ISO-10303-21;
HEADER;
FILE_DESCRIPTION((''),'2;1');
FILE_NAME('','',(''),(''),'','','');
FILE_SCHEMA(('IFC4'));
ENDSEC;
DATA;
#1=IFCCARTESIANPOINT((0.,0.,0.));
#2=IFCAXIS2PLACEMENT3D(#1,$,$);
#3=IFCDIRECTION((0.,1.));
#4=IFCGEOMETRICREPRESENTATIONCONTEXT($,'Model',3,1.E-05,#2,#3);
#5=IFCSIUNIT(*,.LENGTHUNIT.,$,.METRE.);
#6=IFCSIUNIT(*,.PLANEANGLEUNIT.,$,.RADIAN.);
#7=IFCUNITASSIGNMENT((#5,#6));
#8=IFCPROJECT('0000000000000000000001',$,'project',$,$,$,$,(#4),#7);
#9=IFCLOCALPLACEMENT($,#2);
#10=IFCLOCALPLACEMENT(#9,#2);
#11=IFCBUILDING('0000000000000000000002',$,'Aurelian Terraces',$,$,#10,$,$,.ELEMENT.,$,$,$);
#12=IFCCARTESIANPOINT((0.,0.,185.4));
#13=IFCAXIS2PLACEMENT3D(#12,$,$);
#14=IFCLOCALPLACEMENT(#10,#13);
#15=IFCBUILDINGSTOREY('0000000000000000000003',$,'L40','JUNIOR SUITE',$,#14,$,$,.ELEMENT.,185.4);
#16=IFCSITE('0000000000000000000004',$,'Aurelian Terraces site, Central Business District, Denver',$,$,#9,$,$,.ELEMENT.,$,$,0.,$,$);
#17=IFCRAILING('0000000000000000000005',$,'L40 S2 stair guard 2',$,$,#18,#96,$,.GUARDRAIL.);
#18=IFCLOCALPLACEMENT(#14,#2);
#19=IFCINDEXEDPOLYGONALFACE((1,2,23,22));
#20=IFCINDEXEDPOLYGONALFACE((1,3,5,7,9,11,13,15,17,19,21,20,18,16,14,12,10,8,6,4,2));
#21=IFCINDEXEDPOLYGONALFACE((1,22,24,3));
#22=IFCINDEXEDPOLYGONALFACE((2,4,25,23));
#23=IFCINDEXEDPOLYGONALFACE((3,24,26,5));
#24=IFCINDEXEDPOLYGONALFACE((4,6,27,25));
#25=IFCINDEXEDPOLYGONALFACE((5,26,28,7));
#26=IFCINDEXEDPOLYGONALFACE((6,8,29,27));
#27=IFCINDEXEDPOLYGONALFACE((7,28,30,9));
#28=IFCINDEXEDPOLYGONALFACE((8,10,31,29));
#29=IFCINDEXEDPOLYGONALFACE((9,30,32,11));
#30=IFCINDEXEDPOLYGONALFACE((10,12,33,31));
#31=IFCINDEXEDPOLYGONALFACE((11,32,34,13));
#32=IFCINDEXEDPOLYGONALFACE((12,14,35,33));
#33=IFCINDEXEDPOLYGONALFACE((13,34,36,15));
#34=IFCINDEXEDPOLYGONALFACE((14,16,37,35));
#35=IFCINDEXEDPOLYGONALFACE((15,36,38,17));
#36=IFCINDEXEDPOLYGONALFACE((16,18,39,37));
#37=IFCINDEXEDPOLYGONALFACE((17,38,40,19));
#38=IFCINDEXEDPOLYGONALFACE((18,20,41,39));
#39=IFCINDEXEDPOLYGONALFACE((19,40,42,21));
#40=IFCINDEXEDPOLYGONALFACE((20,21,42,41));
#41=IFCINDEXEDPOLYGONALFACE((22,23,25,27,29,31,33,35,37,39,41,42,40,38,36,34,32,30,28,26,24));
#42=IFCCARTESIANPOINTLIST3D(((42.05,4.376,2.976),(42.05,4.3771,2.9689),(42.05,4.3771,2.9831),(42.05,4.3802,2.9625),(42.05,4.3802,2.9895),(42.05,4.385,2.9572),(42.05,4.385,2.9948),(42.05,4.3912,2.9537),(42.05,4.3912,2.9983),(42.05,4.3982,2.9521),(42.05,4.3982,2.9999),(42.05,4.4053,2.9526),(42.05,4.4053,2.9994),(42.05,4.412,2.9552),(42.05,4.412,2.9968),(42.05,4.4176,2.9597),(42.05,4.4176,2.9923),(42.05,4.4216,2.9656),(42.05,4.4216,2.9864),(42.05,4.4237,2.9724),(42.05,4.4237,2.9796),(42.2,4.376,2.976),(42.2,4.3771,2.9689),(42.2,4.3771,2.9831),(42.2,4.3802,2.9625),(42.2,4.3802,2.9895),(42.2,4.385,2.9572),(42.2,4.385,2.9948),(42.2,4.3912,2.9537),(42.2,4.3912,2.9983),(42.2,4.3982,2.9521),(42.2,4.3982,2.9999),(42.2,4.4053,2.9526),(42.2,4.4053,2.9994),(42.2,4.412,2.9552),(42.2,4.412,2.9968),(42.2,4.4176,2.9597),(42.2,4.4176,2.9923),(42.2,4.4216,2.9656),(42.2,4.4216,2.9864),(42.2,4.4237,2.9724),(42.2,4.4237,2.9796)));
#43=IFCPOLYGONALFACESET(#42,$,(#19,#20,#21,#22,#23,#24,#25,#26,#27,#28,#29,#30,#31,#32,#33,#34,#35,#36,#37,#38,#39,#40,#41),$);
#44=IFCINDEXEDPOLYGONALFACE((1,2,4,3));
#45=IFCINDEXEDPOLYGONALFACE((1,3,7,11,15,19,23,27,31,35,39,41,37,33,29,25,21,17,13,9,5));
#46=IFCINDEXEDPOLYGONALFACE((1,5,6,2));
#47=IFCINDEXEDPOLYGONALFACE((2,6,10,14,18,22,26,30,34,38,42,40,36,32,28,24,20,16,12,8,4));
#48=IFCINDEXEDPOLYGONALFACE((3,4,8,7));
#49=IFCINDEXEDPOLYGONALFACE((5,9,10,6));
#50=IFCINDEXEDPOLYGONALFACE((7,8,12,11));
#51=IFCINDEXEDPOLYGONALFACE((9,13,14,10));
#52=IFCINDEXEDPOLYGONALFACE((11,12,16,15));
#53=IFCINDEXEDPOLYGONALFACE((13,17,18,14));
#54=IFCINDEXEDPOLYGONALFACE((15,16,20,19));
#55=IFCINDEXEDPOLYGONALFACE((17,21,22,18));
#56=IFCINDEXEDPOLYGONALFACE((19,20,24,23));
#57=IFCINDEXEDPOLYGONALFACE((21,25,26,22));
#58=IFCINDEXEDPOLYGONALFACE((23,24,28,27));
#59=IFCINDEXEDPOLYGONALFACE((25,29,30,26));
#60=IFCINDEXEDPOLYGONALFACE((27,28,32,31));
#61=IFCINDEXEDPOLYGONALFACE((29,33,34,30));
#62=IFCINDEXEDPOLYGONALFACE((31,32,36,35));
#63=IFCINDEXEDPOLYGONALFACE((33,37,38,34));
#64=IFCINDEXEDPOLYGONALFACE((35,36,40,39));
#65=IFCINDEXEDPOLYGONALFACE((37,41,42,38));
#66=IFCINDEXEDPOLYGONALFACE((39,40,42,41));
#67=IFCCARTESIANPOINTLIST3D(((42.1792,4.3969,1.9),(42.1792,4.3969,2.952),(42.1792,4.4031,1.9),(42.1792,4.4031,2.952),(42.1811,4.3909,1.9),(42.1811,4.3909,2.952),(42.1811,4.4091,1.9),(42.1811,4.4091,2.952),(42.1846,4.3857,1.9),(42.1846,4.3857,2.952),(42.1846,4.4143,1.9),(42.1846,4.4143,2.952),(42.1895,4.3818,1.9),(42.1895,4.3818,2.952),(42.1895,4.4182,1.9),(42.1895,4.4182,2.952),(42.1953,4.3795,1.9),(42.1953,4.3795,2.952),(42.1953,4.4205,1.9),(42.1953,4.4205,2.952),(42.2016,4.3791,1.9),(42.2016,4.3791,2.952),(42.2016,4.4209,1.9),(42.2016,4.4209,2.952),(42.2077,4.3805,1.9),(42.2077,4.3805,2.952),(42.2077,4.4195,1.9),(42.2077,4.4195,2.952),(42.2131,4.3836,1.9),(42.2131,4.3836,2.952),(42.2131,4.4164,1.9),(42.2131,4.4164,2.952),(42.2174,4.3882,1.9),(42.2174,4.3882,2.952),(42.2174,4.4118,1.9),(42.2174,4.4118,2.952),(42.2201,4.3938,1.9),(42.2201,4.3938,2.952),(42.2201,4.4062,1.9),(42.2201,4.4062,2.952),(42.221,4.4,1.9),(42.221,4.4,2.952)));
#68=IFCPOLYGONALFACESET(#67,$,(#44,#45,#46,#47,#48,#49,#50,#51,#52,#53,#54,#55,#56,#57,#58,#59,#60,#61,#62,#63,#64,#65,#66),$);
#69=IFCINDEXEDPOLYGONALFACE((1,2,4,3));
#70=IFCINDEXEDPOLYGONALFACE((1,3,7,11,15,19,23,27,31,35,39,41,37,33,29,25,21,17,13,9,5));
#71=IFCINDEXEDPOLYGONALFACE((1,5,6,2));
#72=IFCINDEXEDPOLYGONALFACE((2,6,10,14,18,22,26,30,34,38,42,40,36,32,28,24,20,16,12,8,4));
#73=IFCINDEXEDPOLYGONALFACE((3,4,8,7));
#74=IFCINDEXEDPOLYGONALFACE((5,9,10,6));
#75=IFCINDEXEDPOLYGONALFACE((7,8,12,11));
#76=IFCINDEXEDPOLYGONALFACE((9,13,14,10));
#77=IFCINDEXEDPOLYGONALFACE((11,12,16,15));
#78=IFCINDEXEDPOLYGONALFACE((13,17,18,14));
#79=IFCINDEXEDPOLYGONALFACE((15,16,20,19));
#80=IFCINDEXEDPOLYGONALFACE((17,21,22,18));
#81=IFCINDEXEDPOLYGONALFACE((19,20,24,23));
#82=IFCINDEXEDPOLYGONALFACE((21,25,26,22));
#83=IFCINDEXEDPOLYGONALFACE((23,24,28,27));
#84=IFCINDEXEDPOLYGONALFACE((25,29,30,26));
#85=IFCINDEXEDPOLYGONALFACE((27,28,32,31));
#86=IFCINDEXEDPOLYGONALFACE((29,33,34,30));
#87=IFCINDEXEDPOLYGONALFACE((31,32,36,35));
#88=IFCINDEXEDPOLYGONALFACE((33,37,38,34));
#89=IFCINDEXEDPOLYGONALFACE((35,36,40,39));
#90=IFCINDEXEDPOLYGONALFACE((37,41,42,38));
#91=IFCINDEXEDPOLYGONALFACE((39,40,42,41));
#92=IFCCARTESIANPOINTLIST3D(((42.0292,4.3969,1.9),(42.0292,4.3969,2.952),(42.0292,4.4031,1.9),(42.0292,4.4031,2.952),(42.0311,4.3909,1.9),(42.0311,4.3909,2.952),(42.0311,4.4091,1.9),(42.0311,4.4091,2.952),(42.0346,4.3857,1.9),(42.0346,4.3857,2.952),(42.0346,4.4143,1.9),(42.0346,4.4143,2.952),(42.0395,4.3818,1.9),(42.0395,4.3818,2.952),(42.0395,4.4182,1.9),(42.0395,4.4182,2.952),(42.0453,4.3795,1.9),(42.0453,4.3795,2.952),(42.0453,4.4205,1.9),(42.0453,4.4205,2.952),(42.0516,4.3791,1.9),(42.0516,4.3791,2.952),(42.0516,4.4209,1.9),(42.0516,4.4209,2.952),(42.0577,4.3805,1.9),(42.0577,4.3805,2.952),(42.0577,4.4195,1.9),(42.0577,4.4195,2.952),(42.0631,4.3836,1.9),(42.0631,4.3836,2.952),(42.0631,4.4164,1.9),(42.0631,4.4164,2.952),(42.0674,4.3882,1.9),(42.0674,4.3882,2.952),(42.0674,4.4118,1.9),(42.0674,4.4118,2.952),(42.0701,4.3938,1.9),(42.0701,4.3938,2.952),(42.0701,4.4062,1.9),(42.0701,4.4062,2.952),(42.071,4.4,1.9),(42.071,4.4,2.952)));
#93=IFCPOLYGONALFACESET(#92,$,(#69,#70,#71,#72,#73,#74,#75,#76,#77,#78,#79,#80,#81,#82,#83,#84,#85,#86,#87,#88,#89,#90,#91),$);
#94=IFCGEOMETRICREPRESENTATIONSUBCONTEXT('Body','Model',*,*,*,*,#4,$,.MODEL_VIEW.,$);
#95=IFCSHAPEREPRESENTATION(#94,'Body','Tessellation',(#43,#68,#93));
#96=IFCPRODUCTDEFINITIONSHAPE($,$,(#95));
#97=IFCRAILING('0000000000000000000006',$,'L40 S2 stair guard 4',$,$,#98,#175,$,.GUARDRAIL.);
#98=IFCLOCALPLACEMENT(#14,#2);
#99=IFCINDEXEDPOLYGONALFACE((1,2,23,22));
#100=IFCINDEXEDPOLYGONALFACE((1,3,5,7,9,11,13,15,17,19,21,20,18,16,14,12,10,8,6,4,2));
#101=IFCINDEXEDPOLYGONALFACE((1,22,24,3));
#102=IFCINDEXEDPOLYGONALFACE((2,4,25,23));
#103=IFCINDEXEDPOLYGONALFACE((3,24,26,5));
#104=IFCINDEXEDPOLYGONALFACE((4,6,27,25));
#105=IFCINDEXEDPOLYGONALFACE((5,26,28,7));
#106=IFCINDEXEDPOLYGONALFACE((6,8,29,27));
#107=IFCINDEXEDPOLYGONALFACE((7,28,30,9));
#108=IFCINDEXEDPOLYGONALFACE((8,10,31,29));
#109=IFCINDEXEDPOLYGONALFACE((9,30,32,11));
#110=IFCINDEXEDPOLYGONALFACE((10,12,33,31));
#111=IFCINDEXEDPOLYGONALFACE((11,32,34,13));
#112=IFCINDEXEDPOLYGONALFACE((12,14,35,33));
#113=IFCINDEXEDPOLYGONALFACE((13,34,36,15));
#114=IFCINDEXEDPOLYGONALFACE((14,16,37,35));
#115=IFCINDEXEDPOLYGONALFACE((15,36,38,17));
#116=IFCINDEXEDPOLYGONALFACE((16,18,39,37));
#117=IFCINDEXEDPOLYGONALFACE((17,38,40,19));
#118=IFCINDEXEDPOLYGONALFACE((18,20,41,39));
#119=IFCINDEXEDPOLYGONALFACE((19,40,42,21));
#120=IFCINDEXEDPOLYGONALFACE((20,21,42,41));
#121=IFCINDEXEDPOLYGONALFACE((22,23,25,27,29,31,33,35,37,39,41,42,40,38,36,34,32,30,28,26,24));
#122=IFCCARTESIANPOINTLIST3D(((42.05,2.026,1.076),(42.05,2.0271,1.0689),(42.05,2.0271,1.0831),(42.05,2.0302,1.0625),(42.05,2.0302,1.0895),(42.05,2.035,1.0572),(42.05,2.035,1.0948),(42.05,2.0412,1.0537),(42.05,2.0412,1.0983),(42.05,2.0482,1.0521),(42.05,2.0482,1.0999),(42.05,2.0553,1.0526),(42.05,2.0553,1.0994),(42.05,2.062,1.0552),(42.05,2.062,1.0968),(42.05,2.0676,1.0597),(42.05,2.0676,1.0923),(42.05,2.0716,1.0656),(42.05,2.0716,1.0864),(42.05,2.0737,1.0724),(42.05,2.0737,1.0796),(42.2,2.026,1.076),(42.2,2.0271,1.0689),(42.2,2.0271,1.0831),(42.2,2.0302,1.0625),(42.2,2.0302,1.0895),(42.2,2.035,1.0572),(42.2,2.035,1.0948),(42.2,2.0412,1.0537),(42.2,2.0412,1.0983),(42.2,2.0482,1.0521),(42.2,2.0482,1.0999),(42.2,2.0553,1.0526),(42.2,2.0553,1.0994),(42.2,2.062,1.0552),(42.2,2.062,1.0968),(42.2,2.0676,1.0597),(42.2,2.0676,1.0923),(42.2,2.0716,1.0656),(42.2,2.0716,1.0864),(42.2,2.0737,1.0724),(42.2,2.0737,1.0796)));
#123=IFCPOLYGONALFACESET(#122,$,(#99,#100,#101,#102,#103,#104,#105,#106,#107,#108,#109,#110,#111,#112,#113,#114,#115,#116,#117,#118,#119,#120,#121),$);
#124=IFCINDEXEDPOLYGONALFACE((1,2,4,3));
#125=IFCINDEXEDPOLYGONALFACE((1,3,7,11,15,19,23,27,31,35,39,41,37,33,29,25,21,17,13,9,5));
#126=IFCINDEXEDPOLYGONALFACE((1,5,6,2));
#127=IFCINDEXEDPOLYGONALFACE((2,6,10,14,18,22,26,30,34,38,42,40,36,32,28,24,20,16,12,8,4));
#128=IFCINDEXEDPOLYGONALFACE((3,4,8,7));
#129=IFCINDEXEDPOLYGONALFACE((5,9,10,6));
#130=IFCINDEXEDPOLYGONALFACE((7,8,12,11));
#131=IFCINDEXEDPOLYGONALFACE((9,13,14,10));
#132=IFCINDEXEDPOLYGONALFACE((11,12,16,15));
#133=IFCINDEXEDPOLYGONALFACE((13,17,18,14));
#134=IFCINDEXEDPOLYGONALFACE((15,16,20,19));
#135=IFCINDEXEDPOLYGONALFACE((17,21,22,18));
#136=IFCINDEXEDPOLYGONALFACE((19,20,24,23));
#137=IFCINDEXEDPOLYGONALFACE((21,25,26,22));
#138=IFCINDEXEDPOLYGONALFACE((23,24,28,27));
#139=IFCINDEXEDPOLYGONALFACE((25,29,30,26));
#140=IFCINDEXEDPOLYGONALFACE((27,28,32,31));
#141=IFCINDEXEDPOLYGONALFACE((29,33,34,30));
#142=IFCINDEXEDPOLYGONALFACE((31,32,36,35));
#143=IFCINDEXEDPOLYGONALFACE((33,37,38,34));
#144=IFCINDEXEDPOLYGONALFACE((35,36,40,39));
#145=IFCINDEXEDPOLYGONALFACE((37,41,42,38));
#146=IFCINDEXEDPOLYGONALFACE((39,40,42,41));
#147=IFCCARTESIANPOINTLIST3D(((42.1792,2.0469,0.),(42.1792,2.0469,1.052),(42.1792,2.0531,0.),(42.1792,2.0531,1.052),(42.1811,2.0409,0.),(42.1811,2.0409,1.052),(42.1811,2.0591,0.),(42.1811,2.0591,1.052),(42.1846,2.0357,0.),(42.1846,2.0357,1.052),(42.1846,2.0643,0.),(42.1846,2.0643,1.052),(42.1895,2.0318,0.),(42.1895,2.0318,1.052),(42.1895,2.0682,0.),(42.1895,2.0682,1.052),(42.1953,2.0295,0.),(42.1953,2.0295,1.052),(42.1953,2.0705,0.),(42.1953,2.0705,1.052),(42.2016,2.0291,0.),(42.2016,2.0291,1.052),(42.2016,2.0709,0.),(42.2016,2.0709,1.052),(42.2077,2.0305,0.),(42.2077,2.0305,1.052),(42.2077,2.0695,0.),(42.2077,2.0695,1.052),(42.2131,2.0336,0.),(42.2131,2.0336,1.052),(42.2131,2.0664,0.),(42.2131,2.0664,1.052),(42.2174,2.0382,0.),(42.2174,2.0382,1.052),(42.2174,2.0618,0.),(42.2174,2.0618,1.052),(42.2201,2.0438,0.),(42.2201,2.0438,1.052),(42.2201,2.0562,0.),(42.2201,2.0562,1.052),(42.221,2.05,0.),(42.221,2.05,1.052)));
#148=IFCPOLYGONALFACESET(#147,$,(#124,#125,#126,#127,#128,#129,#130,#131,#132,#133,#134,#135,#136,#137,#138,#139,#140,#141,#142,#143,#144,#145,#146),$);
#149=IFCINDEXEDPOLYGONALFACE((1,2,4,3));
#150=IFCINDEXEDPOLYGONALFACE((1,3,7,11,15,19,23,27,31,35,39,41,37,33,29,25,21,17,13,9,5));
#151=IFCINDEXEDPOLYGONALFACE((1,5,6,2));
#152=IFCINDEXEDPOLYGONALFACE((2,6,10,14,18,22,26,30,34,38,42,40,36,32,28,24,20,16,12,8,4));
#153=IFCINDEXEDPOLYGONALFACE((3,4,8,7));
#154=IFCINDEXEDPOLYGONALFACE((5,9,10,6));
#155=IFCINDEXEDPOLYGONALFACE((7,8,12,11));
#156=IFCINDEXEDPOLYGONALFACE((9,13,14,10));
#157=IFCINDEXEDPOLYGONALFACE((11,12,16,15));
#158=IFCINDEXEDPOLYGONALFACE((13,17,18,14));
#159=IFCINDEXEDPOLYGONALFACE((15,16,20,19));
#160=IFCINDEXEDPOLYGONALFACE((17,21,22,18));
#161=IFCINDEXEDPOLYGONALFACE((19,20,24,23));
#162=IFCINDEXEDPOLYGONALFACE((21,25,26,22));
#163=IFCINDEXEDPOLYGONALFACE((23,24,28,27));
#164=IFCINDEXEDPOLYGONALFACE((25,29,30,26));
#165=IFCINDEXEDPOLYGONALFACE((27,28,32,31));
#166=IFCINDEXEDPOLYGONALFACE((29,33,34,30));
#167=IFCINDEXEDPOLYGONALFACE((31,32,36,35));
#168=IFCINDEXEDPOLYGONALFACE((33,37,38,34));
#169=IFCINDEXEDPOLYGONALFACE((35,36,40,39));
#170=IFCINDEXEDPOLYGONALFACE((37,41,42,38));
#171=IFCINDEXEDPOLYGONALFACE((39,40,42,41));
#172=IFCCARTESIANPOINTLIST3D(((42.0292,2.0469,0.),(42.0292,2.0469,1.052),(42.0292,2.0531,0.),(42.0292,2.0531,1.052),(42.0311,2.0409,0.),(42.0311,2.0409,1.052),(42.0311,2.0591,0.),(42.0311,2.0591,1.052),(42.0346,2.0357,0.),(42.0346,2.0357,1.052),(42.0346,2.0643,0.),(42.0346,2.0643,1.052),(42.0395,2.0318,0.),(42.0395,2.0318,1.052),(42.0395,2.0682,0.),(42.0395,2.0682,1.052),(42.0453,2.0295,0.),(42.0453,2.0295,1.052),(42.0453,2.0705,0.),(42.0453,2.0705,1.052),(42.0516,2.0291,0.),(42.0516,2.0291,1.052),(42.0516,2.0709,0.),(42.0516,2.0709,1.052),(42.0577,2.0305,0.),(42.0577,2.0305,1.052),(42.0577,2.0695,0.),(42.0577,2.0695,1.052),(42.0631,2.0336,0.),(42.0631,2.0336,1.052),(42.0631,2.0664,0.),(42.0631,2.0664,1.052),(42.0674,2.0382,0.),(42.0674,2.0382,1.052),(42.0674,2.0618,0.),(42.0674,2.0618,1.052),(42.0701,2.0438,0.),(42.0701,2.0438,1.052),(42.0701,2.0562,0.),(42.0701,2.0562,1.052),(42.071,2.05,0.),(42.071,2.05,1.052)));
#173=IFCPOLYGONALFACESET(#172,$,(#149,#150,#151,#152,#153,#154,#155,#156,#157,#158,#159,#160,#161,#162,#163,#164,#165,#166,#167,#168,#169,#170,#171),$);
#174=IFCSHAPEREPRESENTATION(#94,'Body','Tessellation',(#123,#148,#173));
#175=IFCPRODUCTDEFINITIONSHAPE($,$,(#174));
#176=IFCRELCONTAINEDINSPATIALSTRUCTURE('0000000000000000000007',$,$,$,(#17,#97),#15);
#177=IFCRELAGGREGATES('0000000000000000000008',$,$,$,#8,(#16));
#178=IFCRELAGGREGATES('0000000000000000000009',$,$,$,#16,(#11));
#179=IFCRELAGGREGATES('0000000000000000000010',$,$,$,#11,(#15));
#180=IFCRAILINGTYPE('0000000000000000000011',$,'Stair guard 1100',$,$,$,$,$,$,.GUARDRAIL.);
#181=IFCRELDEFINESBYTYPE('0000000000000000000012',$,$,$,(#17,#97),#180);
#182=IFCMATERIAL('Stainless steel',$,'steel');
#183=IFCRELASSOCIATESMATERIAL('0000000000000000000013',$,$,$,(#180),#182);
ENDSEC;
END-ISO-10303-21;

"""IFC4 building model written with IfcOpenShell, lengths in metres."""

from ifc_helpers import new_model, si_unit, direction, frame, origin, origin_2d, place, context, subcontext, project, spatial, circle, extrude, source, transform, mapped, material, type_object, element, save


model = new_model("IFC4")

# Units and contexts
model_context = context("Model", 3, precision=1e-05, world=origin(), true_north=direction((0.0, 1.0)))
body_context = subcontext(model_context, "Body", "Model", "MODEL_VIEW")
ifc_project = project(units=[si_unit("LENGTHUNIT", "METRE"), si_unit("PLANEANGLEUNIT", "RADIAN")], contexts=[model_context])

# Site, building, storey
site_placement = place(None, origin())
site = spatial("IfcSite", under=ifc_project, at=site_placement, Name="Aurelian Terraces site, Central Business District, Denver", CompositionType="ELEMENT", RefElevation=0.0)
building_placement = place(site_placement, origin())
building = spatial("IfcBuilding", under=site, at=building_placement, Name="Aurelian Terraces", CompositionType="ELEMENT")
storey_placement = place(building_placement, frame((0.0, 0.0, 185.4)))
storey = spatial("IfcBuildingStorey", under=building, at=storey_placement, Name="L40", Description="JUNIOR SUITE", CompositionType="ELEMENT", Elevation=185.4)

# Railings
ifc_material_1 = material(Name="Stainless steel", Category="steel")
railing_type_1 = type_object("IfcRailingType", Name="Stair guard 1100", PredefinedType="GUARDRAIL", material=ifc_material_1)
shared_shape_1 = source(origin(), body_context, "Body", "SweptSolid", [
    extrude(circle(Radius=0.024, at=origin_2d()), frame((0.0, 0.0, 1.076), z_axis=(-1.0, 0.0, 0.0), x_axis=(0.0, -1.0, 0.0)), (0.0, 0.0, 1.0), 0.15),
    extrude(circle(Radius=0.021, at=origin_2d()), origin(), (0.0, 0.0, 1.0), 1.052),
    extrude(circle(Radius=0.021, at=origin_2d()), frame((-0.15, 0.0, 0.0)), (0.0, 0.0, 1.0), 1.052),
])
for number, where, name in (
    (1, (42.2, 4.4, 1.9), "L40 S2 stair guard 2"),
    (2, (42.2, 2.05, 0.0), "L40 S2 stair guard 4"),
):
    element("IfcRailing", number, at=place(storey_placement, frame(where)), inside=storey, type_object=railing_type_1, Name=name, PredefinedType="GUARDRAIL", context=body_context, shape_type="MappedRepresentation", body=[
        mapped(shared_shape_1, transform((0.0, 0.0, 0.0), scale=1.0)),
    ])

save(model, "model.ifc")
